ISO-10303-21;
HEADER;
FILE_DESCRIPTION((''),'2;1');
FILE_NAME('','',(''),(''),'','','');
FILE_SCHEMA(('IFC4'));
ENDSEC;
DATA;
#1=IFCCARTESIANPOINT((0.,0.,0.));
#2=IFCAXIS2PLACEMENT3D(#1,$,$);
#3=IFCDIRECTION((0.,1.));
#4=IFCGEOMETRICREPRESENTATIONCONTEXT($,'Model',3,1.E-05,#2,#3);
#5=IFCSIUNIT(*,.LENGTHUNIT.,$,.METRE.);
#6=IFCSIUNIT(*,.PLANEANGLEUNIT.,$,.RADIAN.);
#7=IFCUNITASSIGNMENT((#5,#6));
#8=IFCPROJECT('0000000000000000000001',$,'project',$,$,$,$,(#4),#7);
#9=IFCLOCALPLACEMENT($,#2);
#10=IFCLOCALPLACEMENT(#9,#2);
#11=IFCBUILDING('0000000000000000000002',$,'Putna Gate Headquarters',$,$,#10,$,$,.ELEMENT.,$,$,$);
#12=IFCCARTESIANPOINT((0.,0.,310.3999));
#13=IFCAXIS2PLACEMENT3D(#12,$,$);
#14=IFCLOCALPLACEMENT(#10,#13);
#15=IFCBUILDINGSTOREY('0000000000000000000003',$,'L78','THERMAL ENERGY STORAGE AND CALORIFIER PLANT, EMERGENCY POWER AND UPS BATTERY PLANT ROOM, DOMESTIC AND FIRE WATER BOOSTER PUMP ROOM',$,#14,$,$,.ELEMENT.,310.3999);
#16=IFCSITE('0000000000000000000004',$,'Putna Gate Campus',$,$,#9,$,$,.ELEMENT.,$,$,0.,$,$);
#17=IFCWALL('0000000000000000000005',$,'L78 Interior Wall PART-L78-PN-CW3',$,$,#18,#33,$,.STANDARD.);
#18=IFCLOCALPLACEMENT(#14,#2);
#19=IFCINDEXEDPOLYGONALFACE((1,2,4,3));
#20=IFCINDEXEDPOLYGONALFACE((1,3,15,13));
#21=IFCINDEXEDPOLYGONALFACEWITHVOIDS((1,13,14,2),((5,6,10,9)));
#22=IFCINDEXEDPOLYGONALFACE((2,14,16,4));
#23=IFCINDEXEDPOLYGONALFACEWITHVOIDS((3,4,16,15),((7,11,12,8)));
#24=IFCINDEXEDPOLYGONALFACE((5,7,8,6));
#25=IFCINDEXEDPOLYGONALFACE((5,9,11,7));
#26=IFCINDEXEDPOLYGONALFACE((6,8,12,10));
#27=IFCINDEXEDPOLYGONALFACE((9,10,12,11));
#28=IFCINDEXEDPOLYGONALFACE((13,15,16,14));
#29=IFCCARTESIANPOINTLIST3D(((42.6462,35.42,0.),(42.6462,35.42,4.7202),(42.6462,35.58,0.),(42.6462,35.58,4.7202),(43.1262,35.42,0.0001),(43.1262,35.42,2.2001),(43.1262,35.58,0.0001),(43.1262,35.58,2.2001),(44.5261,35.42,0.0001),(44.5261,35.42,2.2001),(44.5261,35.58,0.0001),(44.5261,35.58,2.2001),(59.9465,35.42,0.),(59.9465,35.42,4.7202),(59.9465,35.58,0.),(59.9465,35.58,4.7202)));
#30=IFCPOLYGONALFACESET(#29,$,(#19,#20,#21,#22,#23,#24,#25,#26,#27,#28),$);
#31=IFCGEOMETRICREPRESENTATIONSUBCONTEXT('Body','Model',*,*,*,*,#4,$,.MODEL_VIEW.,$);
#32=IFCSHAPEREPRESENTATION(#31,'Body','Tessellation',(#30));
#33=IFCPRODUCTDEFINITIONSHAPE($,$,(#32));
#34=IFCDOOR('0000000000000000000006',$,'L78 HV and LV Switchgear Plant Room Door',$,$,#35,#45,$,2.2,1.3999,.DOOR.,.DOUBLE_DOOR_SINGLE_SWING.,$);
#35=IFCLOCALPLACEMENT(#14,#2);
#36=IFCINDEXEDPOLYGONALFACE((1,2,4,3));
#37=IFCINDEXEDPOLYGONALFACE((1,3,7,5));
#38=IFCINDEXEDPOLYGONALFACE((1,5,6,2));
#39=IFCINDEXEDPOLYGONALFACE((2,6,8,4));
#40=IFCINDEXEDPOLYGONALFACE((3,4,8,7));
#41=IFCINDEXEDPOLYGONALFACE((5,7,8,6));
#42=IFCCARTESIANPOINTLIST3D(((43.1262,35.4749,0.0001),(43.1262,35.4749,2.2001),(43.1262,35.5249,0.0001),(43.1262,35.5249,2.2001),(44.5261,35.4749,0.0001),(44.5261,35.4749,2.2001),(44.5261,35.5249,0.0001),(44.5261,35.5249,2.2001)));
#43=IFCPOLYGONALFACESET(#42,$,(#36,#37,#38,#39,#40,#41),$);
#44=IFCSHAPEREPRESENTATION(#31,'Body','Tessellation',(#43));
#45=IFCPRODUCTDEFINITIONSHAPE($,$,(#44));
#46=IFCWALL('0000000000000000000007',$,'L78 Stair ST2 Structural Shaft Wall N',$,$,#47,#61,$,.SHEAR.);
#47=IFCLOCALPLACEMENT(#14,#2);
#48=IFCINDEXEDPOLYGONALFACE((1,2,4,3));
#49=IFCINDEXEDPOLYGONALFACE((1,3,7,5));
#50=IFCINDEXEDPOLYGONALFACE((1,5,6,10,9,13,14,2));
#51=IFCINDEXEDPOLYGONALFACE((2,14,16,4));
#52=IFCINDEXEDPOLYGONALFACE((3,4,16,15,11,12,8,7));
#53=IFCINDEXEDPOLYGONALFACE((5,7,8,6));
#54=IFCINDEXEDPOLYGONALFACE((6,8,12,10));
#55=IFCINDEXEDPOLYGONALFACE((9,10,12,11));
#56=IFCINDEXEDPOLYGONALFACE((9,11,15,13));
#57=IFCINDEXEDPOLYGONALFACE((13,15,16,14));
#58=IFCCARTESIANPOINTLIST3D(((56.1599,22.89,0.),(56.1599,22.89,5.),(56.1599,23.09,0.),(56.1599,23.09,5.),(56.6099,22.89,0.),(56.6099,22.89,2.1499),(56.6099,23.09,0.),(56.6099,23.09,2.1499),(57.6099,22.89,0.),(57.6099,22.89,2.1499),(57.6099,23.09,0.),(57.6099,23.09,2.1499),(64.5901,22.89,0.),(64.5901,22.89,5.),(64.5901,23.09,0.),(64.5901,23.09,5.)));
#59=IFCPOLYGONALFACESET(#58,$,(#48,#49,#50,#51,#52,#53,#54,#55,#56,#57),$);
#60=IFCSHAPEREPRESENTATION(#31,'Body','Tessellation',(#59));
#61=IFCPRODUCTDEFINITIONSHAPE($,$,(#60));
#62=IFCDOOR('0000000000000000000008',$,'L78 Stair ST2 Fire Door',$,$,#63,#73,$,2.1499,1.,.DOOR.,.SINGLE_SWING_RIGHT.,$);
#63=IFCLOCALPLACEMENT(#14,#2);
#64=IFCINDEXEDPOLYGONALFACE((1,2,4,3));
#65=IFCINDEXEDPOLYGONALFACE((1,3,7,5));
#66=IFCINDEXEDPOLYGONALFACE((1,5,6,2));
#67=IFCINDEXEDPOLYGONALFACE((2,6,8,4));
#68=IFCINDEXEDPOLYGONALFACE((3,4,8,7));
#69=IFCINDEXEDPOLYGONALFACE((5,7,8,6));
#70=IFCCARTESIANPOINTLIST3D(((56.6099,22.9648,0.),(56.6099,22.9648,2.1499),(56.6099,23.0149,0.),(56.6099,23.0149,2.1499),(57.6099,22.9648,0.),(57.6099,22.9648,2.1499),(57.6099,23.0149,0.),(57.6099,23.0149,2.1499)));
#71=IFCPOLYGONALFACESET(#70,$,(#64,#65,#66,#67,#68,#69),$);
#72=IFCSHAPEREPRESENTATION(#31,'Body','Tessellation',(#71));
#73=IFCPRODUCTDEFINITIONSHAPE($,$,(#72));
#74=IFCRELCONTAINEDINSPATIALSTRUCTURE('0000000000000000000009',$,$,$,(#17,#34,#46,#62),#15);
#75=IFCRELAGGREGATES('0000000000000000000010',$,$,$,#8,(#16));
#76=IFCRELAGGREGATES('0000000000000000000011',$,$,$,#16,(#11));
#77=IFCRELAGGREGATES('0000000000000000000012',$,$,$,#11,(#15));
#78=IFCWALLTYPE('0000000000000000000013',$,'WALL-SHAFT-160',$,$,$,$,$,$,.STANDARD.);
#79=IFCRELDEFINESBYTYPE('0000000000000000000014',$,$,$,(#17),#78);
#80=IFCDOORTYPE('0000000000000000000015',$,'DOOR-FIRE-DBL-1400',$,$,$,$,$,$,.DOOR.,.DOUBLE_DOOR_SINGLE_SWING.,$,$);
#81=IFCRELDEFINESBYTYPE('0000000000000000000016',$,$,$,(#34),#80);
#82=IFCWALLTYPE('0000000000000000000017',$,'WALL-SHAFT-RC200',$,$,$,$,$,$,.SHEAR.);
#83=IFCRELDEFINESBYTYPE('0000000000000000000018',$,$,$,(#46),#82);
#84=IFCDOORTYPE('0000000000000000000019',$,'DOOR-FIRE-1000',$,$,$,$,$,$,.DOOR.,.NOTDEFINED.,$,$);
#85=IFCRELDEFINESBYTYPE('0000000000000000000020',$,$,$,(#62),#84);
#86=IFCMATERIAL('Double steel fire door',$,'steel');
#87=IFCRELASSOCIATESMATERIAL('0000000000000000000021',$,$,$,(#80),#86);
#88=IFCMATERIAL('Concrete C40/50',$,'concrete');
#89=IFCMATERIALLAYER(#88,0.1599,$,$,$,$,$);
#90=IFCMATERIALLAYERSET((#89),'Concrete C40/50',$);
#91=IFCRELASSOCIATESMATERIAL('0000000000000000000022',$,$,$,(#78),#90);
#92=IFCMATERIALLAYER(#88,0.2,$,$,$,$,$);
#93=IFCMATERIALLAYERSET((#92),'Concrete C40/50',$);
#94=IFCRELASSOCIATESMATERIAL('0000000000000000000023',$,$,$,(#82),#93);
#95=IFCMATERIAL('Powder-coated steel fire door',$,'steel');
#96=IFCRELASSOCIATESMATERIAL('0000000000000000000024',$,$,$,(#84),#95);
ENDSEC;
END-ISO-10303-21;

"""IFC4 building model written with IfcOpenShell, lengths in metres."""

from ifc_helpers import new_model, si_unit, direction, frame, frame_2d, origin, place, context, subcontext, project, spatial, rectangle, extrude, material, layer, layer_set, type_object, element, fill, save


model = new_model("IFC4")

# Units and contexts
model_context = context("Model", 3, precision=1e-05, world=origin(), true_north=direction((0.0, 1.0)))
body_context = subcontext(model_context, "Body", "Model", "MODEL_VIEW")
ifc_project = project(units=[si_unit("LENGTHUNIT", "METRE"), si_unit("PLANEANGLEUNIT", "RADIAN")], contexts=[model_context])

# Site, building, storey
site_placement = place(None, origin())
site = spatial("IfcSite", under=ifc_project, at=site_placement, Name="Putna Gate Campus", CompositionType="ELEMENT", RefElevation=0.0)
building_placement = place(site_placement, origin())
building = spatial("IfcBuilding", under=site, at=building_placement, Name="Putna Gate Headquarters", CompositionType="ELEMENT")
storey_placement = place(building_placement, frame((0.0, 0.0, 310.3999)))
storey = spatial("IfcBuildingStorey", under=building, at=storey_placement, Name="L78", Description="THERMAL ENERGY STORAGE AND CALORIFIER PLANT, EMERGENCY POWER AND UPS BATTERY PLANT ROOM, DOMESTIC AND FIRE WATER BOOSTER PUMP ROOM", CompositionType="ELEMENT", Elevation=310.3999)

# Shared definitions
ifc_material_1 = material(Name="Double steel fire door", Category="steel")
door_type_1 = type_object("IfcDoorType", Name="DOOR-FIRE-DBL-1400", OperationType="DOUBLE_DOOR_SINGLE_SWING", PredefinedType="DOOR", material=ifc_material_1)

# Shared definitions
ifc_material_2 = material(Name="Concrete C40/50", Category="concrete")
ifc_layer_1 = layer(ifc_material_2, 0.1599)
ifc_layer_set_1 = layer_set([ifc_layer_1], Name="Concrete C40/50")
wall_type_1 = type_object("IfcWallType", Name="WALL-SHAFT-160", PredefinedType="STANDARD", material=ifc_layer_set_1)

# Walls, openings, doors
wall_1_placement = place(storey_placement, frame((42.6462, 35.5, 0.0), z_axis=(0.0, 0.0, 1.0), x_axis=(1.0, 0.0, 0.0)))
wall_1 = element("IfcWall", 1, at=wall_1_placement, inside=storey, type_object=wall_type_1, Name="L78 Interior Wall PART-L78-PN-CW3", PredefinedType="STANDARD", context=body_context, shape_type="SweptSolid", body=[
    extrude(rectangle(XDim=17.3003, YDim=0.1599, at=frame_2d((8.6501, 0.0))), origin(), (0.0, 0.0, 1.0), 4.7202),
])
opening_1_placement = place(wall_1_placement, frame((0.48, 0.0, 0.0)))
opening_1 = element("IfcOpeningElement", 2, at=opening_1_placement, cuts=wall_1, PredefinedType="OPENING", context=body_context, shape_type="SweptSolid", body=[
    extrude(rectangle(XDim=1.3999, YDim=2.2, at=frame_2d((0.7, 1.1001))), frame((0.0, 0.0898, 0.0), z_axis=(0.0, -1.0, 0.0), x_axis=(1.0, 0.0, 0.0)), (0.0, 0.0, 1.0), 0.1799),
])
door_1_placement = place(opening_1_placement, origin())
door_1 = element("IfcDoor", 3, at=door_1_placement, inside=storey, type_object=door_type_1, Name="L78 HV and LV Switchgear Plant Room Door", OperationType="DOUBLE_DOOR_SINGLE_SWING", OverallHeight=2.2, OverallWidth=1.3999, PredefinedType="DOOR", context=body_context, shape_type="SweptSolid", body=[
    extrude(rectangle(XDim=1.3999, YDim=2.2, at=frame_2d((0.7, 1.1001))), frame((0.0, 0.0249, 0.0), z_axis=(0.0, -1.0, 0.0), x_axis=(1.0, 0.0, 0.0)), (0.0, 0.0, 1.0), 0.05),
])
fill(opening_1, door_1)
ifc_layer_2 = layer(ifc_material_2, 0.2)
ifc_layer_set_2 = layer_set([ifc_layer_2], Name="Concrete C40/50")
wall_type_2 = type_object("IfcWallType", Name="WALL-SHAFT-RC200", PredefinedType="SHEAR", material=ifc_layer_set_2)
wall_2_placement = place(storey_placement, frame((56.1599, 22.99, 0.0), z_axis=(0.0, 0.0, 1.0), x_axis=(1.0, 0.0, 0.0)))
wall_2 = element("IfcWall", 4, at=wall_2_placement, inside=storey, type_object=wall_type_2, Name="L78 Stair ST2 Structural Shaft Wall N", PredefinedType="SHEAR", context=body_context, shape_type="SweptSolid", body=[
    extrude(rectangle(XDim=8.4302, YDim=0.2, at=frame_2d((4.2151, 0.0))), origin(), (0.0, 0.0, 1.0), 5.0),
])
opening_2_placement = place(wall_2_placement, frame((0.45, 0.0, 0.0)))
opening_2 = element("IfcOpeningElement", 5, at=opening_2_placement, cuts=wall_2, PredefinedType="OPENING", context=body_context, shape_type="SweptSolid", body=[
    extrude(rectangle(XDim=1.0, YDim=2.1499, at=frame_2d((0.5, 1.075))), frame((0.0, 0.1099, 0.0), z_axis=(0.0, -1.0, 0.0), x_axis=(1.0, 0.0, 0.0)), (0.0, 0.0, 1.0), 0.22),
])
ifc_material_3 = material(Name="Powder-coated steel fire door", Category="steel")
door_type_2 = type_object("IfcDoorType", Name="DOOR-FIRE-1000", OperationType="NOTDEFINED", PredefinedType="DOOR", material=ifc_material_3)
door_2_placement = place(opening_2_placement, origin())
door_2 = element("IfcDoor", 6, at=door_2_placement, inside=storey, type_object=door_type_2, Name="L78 Stair ST2 Fire Door", OperationType="SINGLE_SWING_RIGHT", OverallHeight=2.1499, OverallWidth=1.0, PredefinedType="DOOR", context=body_context, shape_type="SweptSolid", body=[
    extrude(rectangle(XDim=1.0, YDim=2.1499, at=frame_2d((0.5, 1.075))), frame((0.0, 0.0249, 0.0), z_axis=(0.0, -1.0, 0.0), x_axis=(1.0, 0.0, 0.0)), (0.0, 0.0, 1.0), 0.05),
])
fill(opening_2, door_2)

save(model, "model.ifc")
